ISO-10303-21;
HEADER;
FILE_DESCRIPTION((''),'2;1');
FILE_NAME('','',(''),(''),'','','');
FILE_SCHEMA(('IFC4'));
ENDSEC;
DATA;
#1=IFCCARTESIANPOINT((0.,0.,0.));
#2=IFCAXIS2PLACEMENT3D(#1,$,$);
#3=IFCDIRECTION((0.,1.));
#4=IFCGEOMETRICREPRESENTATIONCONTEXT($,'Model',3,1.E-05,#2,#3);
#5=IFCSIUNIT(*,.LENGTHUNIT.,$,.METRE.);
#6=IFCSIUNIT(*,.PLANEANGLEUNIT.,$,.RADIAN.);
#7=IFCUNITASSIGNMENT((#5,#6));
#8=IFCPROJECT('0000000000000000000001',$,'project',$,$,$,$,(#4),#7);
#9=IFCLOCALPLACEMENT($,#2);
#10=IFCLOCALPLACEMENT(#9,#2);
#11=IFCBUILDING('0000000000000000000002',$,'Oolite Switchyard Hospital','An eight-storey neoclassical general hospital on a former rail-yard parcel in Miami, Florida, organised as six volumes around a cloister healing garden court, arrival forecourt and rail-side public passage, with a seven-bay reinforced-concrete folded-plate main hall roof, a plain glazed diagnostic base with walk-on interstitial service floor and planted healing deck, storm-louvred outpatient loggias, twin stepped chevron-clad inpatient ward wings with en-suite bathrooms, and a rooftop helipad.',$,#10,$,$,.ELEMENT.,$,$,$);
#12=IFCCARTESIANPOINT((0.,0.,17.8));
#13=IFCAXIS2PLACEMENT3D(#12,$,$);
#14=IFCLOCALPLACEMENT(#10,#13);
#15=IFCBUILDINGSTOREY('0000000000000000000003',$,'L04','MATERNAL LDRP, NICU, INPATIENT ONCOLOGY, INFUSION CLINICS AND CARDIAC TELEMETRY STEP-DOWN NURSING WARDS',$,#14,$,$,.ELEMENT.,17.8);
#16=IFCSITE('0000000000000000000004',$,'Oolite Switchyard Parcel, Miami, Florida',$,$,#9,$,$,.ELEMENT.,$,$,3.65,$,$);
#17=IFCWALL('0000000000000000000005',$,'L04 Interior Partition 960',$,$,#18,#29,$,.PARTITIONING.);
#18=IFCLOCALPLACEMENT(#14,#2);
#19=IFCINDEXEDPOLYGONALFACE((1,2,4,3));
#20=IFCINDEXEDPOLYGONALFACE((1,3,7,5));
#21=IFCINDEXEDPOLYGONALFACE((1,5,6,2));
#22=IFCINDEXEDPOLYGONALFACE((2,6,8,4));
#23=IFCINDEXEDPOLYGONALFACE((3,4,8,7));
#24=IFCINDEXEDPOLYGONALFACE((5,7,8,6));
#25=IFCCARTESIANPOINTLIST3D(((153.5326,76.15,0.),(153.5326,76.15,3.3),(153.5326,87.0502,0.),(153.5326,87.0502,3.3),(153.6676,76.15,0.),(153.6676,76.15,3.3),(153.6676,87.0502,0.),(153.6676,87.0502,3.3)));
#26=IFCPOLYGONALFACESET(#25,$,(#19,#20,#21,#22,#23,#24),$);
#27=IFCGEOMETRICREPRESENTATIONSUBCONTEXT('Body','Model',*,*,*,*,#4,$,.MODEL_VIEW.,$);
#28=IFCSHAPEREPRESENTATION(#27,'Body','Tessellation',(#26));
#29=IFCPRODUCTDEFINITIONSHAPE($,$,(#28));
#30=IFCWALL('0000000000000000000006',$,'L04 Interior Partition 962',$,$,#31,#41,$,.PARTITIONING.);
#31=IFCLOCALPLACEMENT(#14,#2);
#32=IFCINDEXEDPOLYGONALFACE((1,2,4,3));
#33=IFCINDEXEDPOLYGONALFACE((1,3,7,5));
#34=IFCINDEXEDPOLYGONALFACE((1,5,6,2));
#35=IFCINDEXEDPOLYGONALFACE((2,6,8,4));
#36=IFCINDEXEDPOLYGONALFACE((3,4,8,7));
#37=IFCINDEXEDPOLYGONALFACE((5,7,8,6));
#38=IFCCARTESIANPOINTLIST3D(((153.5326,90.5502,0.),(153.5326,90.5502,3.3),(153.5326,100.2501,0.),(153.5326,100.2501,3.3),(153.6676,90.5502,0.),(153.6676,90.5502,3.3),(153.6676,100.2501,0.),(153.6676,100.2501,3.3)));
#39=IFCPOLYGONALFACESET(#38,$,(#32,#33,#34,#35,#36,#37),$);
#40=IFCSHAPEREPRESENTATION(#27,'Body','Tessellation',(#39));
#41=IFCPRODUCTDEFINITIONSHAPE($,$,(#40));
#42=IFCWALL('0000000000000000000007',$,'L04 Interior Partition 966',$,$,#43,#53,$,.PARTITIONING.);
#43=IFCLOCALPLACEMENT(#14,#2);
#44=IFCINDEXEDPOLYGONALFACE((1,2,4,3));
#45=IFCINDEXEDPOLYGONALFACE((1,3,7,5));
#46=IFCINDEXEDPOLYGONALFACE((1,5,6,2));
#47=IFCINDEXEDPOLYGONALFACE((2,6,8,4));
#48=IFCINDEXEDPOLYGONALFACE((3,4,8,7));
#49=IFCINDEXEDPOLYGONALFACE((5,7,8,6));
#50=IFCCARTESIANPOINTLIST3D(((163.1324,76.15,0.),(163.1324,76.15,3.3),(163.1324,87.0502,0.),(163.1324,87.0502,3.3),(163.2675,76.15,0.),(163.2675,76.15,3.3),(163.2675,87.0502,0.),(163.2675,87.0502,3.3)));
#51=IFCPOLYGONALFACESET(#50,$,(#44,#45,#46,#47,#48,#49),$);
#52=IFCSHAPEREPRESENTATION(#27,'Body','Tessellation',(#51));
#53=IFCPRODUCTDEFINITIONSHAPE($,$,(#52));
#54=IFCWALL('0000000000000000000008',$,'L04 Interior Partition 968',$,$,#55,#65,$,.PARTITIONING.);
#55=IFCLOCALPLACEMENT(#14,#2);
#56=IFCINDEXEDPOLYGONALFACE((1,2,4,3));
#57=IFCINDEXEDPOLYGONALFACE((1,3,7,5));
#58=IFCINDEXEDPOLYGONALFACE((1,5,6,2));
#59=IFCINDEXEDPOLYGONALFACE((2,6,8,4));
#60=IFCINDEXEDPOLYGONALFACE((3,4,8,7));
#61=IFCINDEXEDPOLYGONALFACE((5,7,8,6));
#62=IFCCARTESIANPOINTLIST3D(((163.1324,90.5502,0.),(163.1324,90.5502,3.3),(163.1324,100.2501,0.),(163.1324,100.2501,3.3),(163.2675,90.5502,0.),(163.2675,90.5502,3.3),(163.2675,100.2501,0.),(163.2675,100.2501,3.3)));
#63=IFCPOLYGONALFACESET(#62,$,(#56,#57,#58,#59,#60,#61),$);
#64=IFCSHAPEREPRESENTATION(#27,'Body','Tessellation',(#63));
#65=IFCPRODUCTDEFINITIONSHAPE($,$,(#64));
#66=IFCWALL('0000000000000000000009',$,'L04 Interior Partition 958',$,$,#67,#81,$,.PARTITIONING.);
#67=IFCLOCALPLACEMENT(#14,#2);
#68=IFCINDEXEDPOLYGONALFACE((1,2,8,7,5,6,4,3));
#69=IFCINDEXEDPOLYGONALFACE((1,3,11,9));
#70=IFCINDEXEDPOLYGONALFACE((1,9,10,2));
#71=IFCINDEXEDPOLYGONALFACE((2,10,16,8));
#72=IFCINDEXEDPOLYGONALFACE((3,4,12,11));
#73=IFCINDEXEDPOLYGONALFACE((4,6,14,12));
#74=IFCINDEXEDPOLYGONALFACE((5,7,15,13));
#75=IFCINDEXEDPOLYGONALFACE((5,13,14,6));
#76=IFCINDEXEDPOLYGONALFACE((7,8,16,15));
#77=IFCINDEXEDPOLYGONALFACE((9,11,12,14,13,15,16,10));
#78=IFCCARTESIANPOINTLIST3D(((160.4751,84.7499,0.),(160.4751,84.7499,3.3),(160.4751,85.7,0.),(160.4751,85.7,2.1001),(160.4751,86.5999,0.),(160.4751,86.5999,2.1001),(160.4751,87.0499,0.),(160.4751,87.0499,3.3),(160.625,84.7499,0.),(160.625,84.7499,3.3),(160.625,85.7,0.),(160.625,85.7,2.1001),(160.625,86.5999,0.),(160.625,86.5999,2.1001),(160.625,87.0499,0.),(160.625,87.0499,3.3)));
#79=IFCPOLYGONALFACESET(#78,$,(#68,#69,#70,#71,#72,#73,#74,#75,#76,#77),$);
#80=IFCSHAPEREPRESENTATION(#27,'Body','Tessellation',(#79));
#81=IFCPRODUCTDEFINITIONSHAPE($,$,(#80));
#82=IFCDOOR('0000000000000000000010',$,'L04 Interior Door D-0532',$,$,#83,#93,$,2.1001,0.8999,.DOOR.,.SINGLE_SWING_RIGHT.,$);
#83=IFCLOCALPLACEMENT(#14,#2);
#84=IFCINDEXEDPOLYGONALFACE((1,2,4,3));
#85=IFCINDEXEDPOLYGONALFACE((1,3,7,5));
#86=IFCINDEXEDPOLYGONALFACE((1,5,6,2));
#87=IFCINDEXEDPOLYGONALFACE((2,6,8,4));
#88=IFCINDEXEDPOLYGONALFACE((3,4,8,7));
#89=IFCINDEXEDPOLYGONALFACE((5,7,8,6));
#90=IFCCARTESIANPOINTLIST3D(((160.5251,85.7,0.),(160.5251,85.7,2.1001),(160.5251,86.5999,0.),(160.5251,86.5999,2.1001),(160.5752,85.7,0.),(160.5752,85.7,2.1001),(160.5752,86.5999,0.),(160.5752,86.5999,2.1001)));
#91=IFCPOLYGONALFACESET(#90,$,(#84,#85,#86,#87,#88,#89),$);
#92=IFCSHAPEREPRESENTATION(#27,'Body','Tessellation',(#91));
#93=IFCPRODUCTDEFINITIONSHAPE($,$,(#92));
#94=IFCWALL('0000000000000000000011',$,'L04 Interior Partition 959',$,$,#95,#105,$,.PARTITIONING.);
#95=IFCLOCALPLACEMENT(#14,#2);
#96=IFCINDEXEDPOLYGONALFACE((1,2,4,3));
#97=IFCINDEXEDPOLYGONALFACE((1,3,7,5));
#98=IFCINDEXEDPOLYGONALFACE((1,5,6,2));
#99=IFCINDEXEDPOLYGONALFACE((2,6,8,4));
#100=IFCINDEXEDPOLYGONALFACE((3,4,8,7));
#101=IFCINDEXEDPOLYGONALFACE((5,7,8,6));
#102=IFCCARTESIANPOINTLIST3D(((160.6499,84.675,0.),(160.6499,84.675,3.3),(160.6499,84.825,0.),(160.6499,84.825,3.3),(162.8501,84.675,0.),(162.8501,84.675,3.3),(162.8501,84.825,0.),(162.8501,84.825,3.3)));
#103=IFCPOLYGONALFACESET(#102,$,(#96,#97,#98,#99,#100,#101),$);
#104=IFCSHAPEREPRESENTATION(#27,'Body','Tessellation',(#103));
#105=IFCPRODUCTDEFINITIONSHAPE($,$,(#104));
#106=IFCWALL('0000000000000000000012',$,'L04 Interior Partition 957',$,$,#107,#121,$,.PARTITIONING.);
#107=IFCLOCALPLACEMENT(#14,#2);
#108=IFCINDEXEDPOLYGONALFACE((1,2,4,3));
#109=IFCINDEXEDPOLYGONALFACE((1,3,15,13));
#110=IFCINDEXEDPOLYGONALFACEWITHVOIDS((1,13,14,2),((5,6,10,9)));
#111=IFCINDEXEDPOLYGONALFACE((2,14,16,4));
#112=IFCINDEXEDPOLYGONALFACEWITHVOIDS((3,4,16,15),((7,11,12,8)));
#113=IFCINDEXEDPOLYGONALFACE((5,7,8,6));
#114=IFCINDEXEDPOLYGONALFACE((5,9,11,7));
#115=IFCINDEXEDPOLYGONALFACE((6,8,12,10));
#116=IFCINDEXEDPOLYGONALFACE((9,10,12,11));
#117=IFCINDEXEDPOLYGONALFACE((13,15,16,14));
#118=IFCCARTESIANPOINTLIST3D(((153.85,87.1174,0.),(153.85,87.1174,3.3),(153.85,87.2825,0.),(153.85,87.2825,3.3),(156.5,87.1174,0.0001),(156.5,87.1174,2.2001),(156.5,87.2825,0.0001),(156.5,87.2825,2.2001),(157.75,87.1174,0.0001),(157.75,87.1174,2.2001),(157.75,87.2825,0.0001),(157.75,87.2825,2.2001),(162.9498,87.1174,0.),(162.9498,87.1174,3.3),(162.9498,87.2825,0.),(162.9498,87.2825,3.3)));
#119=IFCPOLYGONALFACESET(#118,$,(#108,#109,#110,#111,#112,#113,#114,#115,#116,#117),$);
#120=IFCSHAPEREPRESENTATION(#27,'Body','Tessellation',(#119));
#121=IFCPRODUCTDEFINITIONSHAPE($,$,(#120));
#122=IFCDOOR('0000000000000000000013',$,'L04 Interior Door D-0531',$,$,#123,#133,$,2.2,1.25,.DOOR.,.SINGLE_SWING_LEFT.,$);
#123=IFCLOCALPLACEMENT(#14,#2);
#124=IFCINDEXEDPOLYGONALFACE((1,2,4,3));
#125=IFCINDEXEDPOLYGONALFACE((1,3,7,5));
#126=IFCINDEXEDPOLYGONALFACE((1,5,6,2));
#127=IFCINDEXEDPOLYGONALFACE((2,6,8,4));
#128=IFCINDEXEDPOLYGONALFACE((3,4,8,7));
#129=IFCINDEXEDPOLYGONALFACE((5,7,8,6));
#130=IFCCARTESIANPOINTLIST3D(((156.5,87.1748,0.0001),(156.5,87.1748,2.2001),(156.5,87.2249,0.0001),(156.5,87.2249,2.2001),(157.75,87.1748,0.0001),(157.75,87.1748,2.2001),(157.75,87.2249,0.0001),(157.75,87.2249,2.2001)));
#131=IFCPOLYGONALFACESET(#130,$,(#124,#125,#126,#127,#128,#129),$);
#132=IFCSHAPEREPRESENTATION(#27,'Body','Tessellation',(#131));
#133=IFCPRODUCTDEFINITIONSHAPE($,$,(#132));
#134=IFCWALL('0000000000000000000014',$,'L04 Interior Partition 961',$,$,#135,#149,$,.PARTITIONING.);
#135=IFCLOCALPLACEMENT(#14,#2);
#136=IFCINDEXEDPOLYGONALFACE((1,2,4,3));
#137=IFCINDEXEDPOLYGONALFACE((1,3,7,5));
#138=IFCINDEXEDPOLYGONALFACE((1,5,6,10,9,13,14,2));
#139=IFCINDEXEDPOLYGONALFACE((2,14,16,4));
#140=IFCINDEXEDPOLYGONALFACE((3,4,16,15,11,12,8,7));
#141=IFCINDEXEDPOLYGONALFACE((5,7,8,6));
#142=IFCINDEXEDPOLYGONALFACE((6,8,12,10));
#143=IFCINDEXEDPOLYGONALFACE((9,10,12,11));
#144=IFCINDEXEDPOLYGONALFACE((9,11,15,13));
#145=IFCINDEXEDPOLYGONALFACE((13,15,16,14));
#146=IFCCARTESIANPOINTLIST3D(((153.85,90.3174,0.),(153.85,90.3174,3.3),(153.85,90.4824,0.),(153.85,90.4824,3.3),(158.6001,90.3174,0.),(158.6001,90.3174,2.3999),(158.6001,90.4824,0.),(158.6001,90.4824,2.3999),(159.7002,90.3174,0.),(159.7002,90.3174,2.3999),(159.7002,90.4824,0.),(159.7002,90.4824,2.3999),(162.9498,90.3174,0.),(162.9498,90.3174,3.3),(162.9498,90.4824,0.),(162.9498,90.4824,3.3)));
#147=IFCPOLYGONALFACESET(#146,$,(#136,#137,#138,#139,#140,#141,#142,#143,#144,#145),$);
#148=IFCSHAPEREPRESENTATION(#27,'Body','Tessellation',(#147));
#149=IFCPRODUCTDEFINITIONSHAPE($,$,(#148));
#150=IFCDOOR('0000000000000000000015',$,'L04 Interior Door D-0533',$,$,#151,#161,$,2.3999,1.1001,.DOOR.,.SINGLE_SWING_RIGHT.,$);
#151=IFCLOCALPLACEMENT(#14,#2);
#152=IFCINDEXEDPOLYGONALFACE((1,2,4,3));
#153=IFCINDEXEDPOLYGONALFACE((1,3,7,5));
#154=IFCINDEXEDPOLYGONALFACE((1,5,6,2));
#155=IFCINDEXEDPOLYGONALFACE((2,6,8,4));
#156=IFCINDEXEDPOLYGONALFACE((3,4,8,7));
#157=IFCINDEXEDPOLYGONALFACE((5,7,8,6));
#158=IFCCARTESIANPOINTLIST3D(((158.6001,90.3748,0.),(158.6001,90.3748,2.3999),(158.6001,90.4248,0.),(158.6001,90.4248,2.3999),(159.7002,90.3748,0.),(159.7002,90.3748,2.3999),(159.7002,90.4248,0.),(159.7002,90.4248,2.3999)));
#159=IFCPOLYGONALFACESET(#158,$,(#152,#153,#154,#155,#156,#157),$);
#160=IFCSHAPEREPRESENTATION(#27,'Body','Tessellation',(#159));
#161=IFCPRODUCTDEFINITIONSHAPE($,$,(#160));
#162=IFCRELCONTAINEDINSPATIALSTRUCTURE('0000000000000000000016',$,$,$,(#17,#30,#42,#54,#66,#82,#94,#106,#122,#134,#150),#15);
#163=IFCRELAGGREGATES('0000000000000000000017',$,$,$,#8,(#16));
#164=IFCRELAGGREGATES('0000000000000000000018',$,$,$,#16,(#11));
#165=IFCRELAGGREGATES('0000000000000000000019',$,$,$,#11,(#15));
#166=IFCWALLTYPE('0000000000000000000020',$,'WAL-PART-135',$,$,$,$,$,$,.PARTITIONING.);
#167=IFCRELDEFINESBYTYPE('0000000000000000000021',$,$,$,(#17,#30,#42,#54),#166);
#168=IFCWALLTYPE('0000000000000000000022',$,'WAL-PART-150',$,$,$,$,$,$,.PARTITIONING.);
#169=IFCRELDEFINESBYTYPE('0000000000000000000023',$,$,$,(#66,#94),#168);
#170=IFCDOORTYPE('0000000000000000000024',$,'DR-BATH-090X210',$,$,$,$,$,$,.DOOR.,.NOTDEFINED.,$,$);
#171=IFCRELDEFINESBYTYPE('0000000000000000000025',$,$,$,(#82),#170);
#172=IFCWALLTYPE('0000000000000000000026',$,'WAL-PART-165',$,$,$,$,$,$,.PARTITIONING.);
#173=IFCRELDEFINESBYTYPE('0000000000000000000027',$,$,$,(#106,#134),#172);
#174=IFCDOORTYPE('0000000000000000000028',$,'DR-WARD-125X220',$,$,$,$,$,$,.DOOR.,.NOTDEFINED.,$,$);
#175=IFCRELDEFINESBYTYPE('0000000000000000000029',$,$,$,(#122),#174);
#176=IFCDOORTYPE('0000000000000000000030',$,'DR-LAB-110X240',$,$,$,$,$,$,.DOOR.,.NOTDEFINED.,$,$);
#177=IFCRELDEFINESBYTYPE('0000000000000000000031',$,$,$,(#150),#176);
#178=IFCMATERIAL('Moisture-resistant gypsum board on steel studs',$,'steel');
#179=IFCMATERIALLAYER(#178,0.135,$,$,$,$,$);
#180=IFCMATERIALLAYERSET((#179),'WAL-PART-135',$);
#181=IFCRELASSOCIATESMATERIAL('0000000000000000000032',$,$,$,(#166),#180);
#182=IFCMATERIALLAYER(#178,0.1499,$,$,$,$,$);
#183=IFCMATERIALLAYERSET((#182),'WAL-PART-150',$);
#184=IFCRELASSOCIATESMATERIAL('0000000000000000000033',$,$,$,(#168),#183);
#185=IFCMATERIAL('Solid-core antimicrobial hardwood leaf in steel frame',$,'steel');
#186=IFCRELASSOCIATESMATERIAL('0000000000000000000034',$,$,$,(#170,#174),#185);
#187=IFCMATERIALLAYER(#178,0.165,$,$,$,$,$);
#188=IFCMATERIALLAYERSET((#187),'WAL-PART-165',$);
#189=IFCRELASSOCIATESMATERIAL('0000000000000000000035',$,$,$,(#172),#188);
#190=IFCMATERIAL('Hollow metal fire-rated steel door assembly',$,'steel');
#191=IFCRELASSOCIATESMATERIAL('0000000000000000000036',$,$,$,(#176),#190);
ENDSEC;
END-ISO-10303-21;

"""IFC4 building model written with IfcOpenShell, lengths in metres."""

from ifc_helpers import new_model, si_unit, direction, frame, frame_2d, origin, place, context, subcontext, project, spatial, rectangle, extrude, material, layer, layer_set, type_object, element, fill, save


model = new_model("IFC4")

# Units and contexts
model_context = context("Model", 3, precision=1e-05, world=origin(), true_north=direction((0.0, 1.0)))
body_context = subcontext(model_context, "Body", "Model", "MODEL_VIEW")
ifc_project = project(units=[si_unit("LENGTHUNIT", "METRE"), si_unit("PLANEANGLEUNIT", "RADIAN")], contexts=[model_context])

# Site, building, storey
site_placement = place(None, origin())
site = spatial("IfcSite", under=ifc_project, at=site_placement, Name="Oolite Switchyard Parcel, Miami, Florida", CompositionType="ELEMENT", RefElevation=3.65)
building_placement = place(site_placement, origin())
building = spatial("IfcBuilding", under=site, at=building_placement, Name="Oolite Switchyard Hospital", Description="An eight-storey neoclassical general hospital on a former rail-yard parcel in Miami, Florida, organised as six volumes around a cloister healing garden court, arrival forecourt and rail-side public passage, with a seven-bay reinforced-concrete folded-plate main hall roof, a plain glazed diagnostic base with walk-on interstitial service floor and planted healing deck, storm-louvred outpatient loggias, twin stepped chevron-clad inpatient ward wings with en-suite bathrooms, and a rooftop helipad.", CompositionType="ELEMENT")
storey_placement = place(building_placement, frame((0.0, 0.0, 17.8)))
storey = spatial("IfcBuildingStorey", under=building, at=storey_placement, Name="L04", Description="MATERNAL LDRP, NICU, INPATIENT ONCOLOGY, INFUSION CLINICS AND CARDIAC TELEMETRY STEP-DOWN NURSING WARDS", CompositionType="ELEMENT", Elevation=17.8)

# Walls
ifc_material_1 = material(Name="Moisture-resistant gypsum board on steel studs", Category="steel")
ifc_layer_1 = layer(ifc_material_1, 0.135)
ifc_layer_set_1 = layer_set([ifc_layer_1], Name="WAL-PART-135")
wall_type_1 = type_object("IfcWallType", Name="WAL-PART-135", PredefinedType="PARTITIONING", material=ifc_layer_set_1)
wall_1_placement = place(storey_placement, frame((153.6001, 76.1499, 0.0), z_axis=(0.0, 0.0, 1.0), x_axis=(0.0, 1.0, 0.0)))
element("IfcWall", 1, at=wall_1_placement, inside=storey, type_object=wall_type_1, Name="L04 Interior Partition 960", PredefinedType="PARTITIONING", context=body_context, shape_type="SweptSolid", body=[
    extrude(rectangle(XDim=10.9001, YDim=0.135, at=frame_2d((5.4502, 0.0))), origin(), (0.0, 0.0, 1.0), 3.3),
])
wall_2_placement = place(storey_placement, frame((153.6001, 90.55, 0.0), z_axis=(0.0, 0.0, 1.0), x_axis=(0.0, 1.0, 0.0)))
element("IfcWall", 2, at=wall_2_placement, inside=storey, type_object=wall_type_1, Name="L04 Interior Partition 962", PredefinedType="PARTITIONING", context=body_context, shape_type="SweptSolid", body=[
    extrude(rectangle(XDim=9.7, YDim=0.135, at=frame_2d((4.8501, 0.0))), origin(), (0.0, 0.0, 1.0), 3.3),
])
wall_3_placement = place(storey_placement, frame((163.2, 76.1499, 0.0), z_axis=(0.0, 0.0, 1.0), x_axis=(0.0, 1.0, 0.0)))
element("IfcWall", 3, at=wall_3_placement, inside=storey, type_object=wall_type_1, Name="L04 Interior Partition 966", PredefinedType="PARTITIONING", context=body_context, shape_type="SweptSolid", body=[
    extrude(rectangle(XDim=10.9001, YDim=0.135, at=frame_2d((5.4502, 0.0))), origin(), (0.0, 0.0, 1.0), 3.3),
])
wall_4_placement = place(storey_placement, frame((163.2, 90.55, 0.0), z_axis=(0.0, 0.0, 1.0), x_axis=(0.0, 1.0, 0.0)))
element("IfcWall", 4, at=wall_4_placement, inside=storey, type_object=wall_type_1, Name="L04 Interior Partition 968", PredefinedType="PARTITIONING", context=body_context, shape_type="SweptSolid", body=[
    extrude(rectangle(XDim=9.7, YDim=0.135, at=frame_2d((4.8501, 0.0))), origin(), (0.0, 0.0, 1.0), 3.3),
])

# Wall, opening, door
ifc_layer_2 = layer(ifc_material_1, 0.1499)
ifc_layer_set_2 = layer_set([ifc_layer_2], Name="WAL-PART-150")
wall_type_2 = type_object("IfcWallType", Name="WAL-PART-150", PredefinedType="PARTITIONING", material=ifc_layer_set_2)
wall_5_placement = place(storey_placement, frame((160.55, 84.75, 0.0), z_axis=(0.0, 0.0, 1.0), x_axis=(0.0, 1.0, 0.0)))
wall_5 = element("IfcWall", 5, at=wall_5_placement, inside=storey, type_object=wall_type_2, Name="L04 Interior Partition 958", PredefinedType="PARTITIONING", context=body_context, shape_type="SweptSolid", body=[
    extrude(rectangle(XDim=2.3, YDim=0.1499, at=frame_2d((1.1499, 0.0))), origin(), (0.0, 0.0, 1.0), 3.3),
])
opening_1_placement = place(wall_5_placement, frame((0.95, 0.0, 0.0)))
opening_1 = element("IfcOpeningElement", 6, at=opening_1_placement, cuts=wall_5, PredefinedType="OPENING", context=body_context, shape_type="SweptSolid", body=[
    extrude(rectangle(XDim=0.8999, YDim=2.1001, at=frame_2d((0.45, 1.05))), frame((0.0, 0.085, 0.0), z_axis=(0.0, -1.0, 0.0), x_axis=(1.0, 0.0, 0.0)), (0.0, 0.0, 1.0), 0.1699),
])
ifc_material_2 = material(Name="Solid-core antimicrobial hardwood leaf in steel frame", Category="steel")
door_type_1 = type_object("IfcDoorType", Name="DR-BATH-090X210", OperationType="NOTDEFINED", PredefinedType="DOOR", material=ifc_material_2)
door_1_placement = place(opening_1_placement, origin())
door_1 = element("IfcDoor", 7, at=door_1_placement, inside=storey, type_object=door_type_1, Name="L04 Interior Door D-0532", OperationType="SINGLE_SWING_RIGHT", OverallHeight=2.1001, OverallWidth=0.8999, PredefinedType="DOOR", context=body_context, shape_type="SweptSolid", body=[
    extrude(rectangle(XDim=0.8999, YDim=2.1001, at=frame_2d((0.45, 1.05))), frame((0.0, 0.0249, 0.0), z_axis=(0.0, -1.0, 0.0), x_axis=(1.0, 0.0, 0.0)), (0.0, 0.0, 1.0), 0.05),
])
fill(opening_1, door_1)

# Wall
wall_6_placement = place(storey_placement, frame((160.6499, 84.75, 0.0), z_axis=(0.0, 0.0, 1.0), x_axis=(1.0, 0.0, 0.0)))
element("IfcWall", 8, at=wall_6_placement, inside=storey, type_object=wall_type_2, Name="L04 Interior Partition 959", PredefinedType="PARTITIONING", context=body_context, shape_type="SweptSolid", body=[
    extrude(rectangle(XDim=2.2002, YDim=0.1499, at=frame_2d((1.1001, 0.0))), origin(), (0.0, 0.0, 1.0), 3.3),
])

# Walls, openings, doors
ifc_layer_3 = layer(ifc_material_1, 0.165)
ifc_layer_set_3 = layer_set([ifc_layer_3], Name="WAL-PART-165")
wall_type_3 = type_object("IfcWallType", Name="WAL-PART-165", PredefinedType="PARTITIONING", material=ifc_layer_set_3)
wall_7_placement = place(storey_placement, frame((153.8501, 87.2, 0.0), z_axis=(0.0, 0.0, 1.0), x_axis=(1.0, 0.0, 0.0)))
wall_7 = element("IfcWall", 9, at=wall_7_placement, inside=storey, type_object=wall_type_3, Name="L04 Interior Partition 957", PredefinedType="PARTITIONING", context=body_context, shape_type="SweptSolid", body=[
    extrude(rectangle(XDim=9.0999, YDim=0.165, at=frame_2d((4.5498, 0.0))), origin(), (0.0, 0.0, 1.0), 3.3),
])
opening_2_placement = place(wall_7_placement, frame((2.6499, 0.0, 0.0)))
opening_2 = element("IfcOpeningElement", 10, at=opening_2_placement, cuts=wall_7, PredefinedType="OPENING", context=body_context, shape_type="SweptSolid", body=[
    extrude(rectangle(XDim=1.25, YDim=2.2, at=frame_2d((0.625, 1.1001))), frame((0.0, 0.0925, 0.0), z_axis=(0.0, -1.0, 0.0), x_axis=(1.0, 0.0, 0.0)), (0.0, 0.0, 1.0), 0.1851),
])
door_type_2 = type_object("IfcDoorType", Name="DR-WARD-125X220", OperationType="NOTDEFINED", PredefinedType="DOOR", material=ifc_material_2)
door_2_placement = place(opening_2_placement, origin())
door_2 = element("IfcDoor", 11, at=door_2_placement, inside=storey, type_object=door_type_2, Name="L04 Interior Door D-0531", OperationType="SINGLE_SWING_LEFT", OverallHeight=2.2, OverallWidth=1.25, PredefinedType="DOOR", context=body_context, shape_type="SweptSolid", body=[
    extrude(rectangle(XDim=1.25, YDim=2.2, at=frame_2d((0.625, 1.1001))), frame((0.0, 0.0249, 0.0), z_axis=(0.0, -1.0, 0.0), x_axis=(1.0, 0.0, 0.0)), (0.0, 0.0, 1.0), 0.05),
])
fill(opening_2, door_2)
wall_8_placement = place(storey_placement, frame((153.8501, 90.3999, 0.0), z_axis=(0.0, 0.0, 1.0), x_axis=(1.0, 0.0, 0.0)))
wall_8 = element("IfcWall", 12, at=wall_8_placement, inside=storey, type_object=wall_type_3, Name="L04 Interior Partition 961", PredefinedType="PARTITIONING", context=body_context, shape_type="SweptSolid", body=[
    extrude(rectangle(XDim=9.0999, YDim=0.165, at=frame_2d((4.5498, 0.0))), origin(), (0.0, 0.0, 1.0), 3.3),
])
opening_3_placement = place(wall_8_placement, frame((4.75, 0.0, 0.0)))
opening_3 = element("IfcOpeningElement", 13, at=opening_3_placement, cuts=wall_8, PredefinedType="OPENING", context=body_context, shape_type="SweptSolid", body=[
    extrude(rectangle(XDim=1.1001, YDim=2.3999, at=frame_2d((0.55, 1.2))), frame((0.0, 0.0925, 0.0), z_axis=(0.0, -1.0, 0.0), x_axis=(1.0, 0.0, 0.0)), (0.0, 0.0, 1.0), 0.1851),
])
ifc_material_3 = material(Name="Hollow metal fire-rated steel door assembly", Category="steel")
door_type_3 = type_object("IfcDoorType", Name="DR-LAB-110X240", OperationType="NOTDEFINED", PredefinedType="DOOR", material=ifc_material_3)
door_3_placement = place(opening_3_placement, origin())
door_3 = element("IfcDoor", 14, at=door_3_placement, inside=storey, type_object=door_type_3, Name="L04 Interior Door D-0533", OperationType="SINGLE_SWING_RIGHT", OverallHeight=2.3999, OverallWidth=1.1001, PredefinedType="DOOR", context=body_context, shape_type="SweptSolid", body=[
    extrude(rectangle(XDim=1.1001, YDim=2.3999, at=frame_2d((0.55, 1.2))), frame((0.0, 0.0249, 0.0), z_axis=(0.0, -1.0, 0.0), x_axis=(1.0, 0.0, 0.0)), (0.0, 0.0, 1.0), 0.05),
])
fill(opening_3, door_3)

save(model, "model.ifc")
